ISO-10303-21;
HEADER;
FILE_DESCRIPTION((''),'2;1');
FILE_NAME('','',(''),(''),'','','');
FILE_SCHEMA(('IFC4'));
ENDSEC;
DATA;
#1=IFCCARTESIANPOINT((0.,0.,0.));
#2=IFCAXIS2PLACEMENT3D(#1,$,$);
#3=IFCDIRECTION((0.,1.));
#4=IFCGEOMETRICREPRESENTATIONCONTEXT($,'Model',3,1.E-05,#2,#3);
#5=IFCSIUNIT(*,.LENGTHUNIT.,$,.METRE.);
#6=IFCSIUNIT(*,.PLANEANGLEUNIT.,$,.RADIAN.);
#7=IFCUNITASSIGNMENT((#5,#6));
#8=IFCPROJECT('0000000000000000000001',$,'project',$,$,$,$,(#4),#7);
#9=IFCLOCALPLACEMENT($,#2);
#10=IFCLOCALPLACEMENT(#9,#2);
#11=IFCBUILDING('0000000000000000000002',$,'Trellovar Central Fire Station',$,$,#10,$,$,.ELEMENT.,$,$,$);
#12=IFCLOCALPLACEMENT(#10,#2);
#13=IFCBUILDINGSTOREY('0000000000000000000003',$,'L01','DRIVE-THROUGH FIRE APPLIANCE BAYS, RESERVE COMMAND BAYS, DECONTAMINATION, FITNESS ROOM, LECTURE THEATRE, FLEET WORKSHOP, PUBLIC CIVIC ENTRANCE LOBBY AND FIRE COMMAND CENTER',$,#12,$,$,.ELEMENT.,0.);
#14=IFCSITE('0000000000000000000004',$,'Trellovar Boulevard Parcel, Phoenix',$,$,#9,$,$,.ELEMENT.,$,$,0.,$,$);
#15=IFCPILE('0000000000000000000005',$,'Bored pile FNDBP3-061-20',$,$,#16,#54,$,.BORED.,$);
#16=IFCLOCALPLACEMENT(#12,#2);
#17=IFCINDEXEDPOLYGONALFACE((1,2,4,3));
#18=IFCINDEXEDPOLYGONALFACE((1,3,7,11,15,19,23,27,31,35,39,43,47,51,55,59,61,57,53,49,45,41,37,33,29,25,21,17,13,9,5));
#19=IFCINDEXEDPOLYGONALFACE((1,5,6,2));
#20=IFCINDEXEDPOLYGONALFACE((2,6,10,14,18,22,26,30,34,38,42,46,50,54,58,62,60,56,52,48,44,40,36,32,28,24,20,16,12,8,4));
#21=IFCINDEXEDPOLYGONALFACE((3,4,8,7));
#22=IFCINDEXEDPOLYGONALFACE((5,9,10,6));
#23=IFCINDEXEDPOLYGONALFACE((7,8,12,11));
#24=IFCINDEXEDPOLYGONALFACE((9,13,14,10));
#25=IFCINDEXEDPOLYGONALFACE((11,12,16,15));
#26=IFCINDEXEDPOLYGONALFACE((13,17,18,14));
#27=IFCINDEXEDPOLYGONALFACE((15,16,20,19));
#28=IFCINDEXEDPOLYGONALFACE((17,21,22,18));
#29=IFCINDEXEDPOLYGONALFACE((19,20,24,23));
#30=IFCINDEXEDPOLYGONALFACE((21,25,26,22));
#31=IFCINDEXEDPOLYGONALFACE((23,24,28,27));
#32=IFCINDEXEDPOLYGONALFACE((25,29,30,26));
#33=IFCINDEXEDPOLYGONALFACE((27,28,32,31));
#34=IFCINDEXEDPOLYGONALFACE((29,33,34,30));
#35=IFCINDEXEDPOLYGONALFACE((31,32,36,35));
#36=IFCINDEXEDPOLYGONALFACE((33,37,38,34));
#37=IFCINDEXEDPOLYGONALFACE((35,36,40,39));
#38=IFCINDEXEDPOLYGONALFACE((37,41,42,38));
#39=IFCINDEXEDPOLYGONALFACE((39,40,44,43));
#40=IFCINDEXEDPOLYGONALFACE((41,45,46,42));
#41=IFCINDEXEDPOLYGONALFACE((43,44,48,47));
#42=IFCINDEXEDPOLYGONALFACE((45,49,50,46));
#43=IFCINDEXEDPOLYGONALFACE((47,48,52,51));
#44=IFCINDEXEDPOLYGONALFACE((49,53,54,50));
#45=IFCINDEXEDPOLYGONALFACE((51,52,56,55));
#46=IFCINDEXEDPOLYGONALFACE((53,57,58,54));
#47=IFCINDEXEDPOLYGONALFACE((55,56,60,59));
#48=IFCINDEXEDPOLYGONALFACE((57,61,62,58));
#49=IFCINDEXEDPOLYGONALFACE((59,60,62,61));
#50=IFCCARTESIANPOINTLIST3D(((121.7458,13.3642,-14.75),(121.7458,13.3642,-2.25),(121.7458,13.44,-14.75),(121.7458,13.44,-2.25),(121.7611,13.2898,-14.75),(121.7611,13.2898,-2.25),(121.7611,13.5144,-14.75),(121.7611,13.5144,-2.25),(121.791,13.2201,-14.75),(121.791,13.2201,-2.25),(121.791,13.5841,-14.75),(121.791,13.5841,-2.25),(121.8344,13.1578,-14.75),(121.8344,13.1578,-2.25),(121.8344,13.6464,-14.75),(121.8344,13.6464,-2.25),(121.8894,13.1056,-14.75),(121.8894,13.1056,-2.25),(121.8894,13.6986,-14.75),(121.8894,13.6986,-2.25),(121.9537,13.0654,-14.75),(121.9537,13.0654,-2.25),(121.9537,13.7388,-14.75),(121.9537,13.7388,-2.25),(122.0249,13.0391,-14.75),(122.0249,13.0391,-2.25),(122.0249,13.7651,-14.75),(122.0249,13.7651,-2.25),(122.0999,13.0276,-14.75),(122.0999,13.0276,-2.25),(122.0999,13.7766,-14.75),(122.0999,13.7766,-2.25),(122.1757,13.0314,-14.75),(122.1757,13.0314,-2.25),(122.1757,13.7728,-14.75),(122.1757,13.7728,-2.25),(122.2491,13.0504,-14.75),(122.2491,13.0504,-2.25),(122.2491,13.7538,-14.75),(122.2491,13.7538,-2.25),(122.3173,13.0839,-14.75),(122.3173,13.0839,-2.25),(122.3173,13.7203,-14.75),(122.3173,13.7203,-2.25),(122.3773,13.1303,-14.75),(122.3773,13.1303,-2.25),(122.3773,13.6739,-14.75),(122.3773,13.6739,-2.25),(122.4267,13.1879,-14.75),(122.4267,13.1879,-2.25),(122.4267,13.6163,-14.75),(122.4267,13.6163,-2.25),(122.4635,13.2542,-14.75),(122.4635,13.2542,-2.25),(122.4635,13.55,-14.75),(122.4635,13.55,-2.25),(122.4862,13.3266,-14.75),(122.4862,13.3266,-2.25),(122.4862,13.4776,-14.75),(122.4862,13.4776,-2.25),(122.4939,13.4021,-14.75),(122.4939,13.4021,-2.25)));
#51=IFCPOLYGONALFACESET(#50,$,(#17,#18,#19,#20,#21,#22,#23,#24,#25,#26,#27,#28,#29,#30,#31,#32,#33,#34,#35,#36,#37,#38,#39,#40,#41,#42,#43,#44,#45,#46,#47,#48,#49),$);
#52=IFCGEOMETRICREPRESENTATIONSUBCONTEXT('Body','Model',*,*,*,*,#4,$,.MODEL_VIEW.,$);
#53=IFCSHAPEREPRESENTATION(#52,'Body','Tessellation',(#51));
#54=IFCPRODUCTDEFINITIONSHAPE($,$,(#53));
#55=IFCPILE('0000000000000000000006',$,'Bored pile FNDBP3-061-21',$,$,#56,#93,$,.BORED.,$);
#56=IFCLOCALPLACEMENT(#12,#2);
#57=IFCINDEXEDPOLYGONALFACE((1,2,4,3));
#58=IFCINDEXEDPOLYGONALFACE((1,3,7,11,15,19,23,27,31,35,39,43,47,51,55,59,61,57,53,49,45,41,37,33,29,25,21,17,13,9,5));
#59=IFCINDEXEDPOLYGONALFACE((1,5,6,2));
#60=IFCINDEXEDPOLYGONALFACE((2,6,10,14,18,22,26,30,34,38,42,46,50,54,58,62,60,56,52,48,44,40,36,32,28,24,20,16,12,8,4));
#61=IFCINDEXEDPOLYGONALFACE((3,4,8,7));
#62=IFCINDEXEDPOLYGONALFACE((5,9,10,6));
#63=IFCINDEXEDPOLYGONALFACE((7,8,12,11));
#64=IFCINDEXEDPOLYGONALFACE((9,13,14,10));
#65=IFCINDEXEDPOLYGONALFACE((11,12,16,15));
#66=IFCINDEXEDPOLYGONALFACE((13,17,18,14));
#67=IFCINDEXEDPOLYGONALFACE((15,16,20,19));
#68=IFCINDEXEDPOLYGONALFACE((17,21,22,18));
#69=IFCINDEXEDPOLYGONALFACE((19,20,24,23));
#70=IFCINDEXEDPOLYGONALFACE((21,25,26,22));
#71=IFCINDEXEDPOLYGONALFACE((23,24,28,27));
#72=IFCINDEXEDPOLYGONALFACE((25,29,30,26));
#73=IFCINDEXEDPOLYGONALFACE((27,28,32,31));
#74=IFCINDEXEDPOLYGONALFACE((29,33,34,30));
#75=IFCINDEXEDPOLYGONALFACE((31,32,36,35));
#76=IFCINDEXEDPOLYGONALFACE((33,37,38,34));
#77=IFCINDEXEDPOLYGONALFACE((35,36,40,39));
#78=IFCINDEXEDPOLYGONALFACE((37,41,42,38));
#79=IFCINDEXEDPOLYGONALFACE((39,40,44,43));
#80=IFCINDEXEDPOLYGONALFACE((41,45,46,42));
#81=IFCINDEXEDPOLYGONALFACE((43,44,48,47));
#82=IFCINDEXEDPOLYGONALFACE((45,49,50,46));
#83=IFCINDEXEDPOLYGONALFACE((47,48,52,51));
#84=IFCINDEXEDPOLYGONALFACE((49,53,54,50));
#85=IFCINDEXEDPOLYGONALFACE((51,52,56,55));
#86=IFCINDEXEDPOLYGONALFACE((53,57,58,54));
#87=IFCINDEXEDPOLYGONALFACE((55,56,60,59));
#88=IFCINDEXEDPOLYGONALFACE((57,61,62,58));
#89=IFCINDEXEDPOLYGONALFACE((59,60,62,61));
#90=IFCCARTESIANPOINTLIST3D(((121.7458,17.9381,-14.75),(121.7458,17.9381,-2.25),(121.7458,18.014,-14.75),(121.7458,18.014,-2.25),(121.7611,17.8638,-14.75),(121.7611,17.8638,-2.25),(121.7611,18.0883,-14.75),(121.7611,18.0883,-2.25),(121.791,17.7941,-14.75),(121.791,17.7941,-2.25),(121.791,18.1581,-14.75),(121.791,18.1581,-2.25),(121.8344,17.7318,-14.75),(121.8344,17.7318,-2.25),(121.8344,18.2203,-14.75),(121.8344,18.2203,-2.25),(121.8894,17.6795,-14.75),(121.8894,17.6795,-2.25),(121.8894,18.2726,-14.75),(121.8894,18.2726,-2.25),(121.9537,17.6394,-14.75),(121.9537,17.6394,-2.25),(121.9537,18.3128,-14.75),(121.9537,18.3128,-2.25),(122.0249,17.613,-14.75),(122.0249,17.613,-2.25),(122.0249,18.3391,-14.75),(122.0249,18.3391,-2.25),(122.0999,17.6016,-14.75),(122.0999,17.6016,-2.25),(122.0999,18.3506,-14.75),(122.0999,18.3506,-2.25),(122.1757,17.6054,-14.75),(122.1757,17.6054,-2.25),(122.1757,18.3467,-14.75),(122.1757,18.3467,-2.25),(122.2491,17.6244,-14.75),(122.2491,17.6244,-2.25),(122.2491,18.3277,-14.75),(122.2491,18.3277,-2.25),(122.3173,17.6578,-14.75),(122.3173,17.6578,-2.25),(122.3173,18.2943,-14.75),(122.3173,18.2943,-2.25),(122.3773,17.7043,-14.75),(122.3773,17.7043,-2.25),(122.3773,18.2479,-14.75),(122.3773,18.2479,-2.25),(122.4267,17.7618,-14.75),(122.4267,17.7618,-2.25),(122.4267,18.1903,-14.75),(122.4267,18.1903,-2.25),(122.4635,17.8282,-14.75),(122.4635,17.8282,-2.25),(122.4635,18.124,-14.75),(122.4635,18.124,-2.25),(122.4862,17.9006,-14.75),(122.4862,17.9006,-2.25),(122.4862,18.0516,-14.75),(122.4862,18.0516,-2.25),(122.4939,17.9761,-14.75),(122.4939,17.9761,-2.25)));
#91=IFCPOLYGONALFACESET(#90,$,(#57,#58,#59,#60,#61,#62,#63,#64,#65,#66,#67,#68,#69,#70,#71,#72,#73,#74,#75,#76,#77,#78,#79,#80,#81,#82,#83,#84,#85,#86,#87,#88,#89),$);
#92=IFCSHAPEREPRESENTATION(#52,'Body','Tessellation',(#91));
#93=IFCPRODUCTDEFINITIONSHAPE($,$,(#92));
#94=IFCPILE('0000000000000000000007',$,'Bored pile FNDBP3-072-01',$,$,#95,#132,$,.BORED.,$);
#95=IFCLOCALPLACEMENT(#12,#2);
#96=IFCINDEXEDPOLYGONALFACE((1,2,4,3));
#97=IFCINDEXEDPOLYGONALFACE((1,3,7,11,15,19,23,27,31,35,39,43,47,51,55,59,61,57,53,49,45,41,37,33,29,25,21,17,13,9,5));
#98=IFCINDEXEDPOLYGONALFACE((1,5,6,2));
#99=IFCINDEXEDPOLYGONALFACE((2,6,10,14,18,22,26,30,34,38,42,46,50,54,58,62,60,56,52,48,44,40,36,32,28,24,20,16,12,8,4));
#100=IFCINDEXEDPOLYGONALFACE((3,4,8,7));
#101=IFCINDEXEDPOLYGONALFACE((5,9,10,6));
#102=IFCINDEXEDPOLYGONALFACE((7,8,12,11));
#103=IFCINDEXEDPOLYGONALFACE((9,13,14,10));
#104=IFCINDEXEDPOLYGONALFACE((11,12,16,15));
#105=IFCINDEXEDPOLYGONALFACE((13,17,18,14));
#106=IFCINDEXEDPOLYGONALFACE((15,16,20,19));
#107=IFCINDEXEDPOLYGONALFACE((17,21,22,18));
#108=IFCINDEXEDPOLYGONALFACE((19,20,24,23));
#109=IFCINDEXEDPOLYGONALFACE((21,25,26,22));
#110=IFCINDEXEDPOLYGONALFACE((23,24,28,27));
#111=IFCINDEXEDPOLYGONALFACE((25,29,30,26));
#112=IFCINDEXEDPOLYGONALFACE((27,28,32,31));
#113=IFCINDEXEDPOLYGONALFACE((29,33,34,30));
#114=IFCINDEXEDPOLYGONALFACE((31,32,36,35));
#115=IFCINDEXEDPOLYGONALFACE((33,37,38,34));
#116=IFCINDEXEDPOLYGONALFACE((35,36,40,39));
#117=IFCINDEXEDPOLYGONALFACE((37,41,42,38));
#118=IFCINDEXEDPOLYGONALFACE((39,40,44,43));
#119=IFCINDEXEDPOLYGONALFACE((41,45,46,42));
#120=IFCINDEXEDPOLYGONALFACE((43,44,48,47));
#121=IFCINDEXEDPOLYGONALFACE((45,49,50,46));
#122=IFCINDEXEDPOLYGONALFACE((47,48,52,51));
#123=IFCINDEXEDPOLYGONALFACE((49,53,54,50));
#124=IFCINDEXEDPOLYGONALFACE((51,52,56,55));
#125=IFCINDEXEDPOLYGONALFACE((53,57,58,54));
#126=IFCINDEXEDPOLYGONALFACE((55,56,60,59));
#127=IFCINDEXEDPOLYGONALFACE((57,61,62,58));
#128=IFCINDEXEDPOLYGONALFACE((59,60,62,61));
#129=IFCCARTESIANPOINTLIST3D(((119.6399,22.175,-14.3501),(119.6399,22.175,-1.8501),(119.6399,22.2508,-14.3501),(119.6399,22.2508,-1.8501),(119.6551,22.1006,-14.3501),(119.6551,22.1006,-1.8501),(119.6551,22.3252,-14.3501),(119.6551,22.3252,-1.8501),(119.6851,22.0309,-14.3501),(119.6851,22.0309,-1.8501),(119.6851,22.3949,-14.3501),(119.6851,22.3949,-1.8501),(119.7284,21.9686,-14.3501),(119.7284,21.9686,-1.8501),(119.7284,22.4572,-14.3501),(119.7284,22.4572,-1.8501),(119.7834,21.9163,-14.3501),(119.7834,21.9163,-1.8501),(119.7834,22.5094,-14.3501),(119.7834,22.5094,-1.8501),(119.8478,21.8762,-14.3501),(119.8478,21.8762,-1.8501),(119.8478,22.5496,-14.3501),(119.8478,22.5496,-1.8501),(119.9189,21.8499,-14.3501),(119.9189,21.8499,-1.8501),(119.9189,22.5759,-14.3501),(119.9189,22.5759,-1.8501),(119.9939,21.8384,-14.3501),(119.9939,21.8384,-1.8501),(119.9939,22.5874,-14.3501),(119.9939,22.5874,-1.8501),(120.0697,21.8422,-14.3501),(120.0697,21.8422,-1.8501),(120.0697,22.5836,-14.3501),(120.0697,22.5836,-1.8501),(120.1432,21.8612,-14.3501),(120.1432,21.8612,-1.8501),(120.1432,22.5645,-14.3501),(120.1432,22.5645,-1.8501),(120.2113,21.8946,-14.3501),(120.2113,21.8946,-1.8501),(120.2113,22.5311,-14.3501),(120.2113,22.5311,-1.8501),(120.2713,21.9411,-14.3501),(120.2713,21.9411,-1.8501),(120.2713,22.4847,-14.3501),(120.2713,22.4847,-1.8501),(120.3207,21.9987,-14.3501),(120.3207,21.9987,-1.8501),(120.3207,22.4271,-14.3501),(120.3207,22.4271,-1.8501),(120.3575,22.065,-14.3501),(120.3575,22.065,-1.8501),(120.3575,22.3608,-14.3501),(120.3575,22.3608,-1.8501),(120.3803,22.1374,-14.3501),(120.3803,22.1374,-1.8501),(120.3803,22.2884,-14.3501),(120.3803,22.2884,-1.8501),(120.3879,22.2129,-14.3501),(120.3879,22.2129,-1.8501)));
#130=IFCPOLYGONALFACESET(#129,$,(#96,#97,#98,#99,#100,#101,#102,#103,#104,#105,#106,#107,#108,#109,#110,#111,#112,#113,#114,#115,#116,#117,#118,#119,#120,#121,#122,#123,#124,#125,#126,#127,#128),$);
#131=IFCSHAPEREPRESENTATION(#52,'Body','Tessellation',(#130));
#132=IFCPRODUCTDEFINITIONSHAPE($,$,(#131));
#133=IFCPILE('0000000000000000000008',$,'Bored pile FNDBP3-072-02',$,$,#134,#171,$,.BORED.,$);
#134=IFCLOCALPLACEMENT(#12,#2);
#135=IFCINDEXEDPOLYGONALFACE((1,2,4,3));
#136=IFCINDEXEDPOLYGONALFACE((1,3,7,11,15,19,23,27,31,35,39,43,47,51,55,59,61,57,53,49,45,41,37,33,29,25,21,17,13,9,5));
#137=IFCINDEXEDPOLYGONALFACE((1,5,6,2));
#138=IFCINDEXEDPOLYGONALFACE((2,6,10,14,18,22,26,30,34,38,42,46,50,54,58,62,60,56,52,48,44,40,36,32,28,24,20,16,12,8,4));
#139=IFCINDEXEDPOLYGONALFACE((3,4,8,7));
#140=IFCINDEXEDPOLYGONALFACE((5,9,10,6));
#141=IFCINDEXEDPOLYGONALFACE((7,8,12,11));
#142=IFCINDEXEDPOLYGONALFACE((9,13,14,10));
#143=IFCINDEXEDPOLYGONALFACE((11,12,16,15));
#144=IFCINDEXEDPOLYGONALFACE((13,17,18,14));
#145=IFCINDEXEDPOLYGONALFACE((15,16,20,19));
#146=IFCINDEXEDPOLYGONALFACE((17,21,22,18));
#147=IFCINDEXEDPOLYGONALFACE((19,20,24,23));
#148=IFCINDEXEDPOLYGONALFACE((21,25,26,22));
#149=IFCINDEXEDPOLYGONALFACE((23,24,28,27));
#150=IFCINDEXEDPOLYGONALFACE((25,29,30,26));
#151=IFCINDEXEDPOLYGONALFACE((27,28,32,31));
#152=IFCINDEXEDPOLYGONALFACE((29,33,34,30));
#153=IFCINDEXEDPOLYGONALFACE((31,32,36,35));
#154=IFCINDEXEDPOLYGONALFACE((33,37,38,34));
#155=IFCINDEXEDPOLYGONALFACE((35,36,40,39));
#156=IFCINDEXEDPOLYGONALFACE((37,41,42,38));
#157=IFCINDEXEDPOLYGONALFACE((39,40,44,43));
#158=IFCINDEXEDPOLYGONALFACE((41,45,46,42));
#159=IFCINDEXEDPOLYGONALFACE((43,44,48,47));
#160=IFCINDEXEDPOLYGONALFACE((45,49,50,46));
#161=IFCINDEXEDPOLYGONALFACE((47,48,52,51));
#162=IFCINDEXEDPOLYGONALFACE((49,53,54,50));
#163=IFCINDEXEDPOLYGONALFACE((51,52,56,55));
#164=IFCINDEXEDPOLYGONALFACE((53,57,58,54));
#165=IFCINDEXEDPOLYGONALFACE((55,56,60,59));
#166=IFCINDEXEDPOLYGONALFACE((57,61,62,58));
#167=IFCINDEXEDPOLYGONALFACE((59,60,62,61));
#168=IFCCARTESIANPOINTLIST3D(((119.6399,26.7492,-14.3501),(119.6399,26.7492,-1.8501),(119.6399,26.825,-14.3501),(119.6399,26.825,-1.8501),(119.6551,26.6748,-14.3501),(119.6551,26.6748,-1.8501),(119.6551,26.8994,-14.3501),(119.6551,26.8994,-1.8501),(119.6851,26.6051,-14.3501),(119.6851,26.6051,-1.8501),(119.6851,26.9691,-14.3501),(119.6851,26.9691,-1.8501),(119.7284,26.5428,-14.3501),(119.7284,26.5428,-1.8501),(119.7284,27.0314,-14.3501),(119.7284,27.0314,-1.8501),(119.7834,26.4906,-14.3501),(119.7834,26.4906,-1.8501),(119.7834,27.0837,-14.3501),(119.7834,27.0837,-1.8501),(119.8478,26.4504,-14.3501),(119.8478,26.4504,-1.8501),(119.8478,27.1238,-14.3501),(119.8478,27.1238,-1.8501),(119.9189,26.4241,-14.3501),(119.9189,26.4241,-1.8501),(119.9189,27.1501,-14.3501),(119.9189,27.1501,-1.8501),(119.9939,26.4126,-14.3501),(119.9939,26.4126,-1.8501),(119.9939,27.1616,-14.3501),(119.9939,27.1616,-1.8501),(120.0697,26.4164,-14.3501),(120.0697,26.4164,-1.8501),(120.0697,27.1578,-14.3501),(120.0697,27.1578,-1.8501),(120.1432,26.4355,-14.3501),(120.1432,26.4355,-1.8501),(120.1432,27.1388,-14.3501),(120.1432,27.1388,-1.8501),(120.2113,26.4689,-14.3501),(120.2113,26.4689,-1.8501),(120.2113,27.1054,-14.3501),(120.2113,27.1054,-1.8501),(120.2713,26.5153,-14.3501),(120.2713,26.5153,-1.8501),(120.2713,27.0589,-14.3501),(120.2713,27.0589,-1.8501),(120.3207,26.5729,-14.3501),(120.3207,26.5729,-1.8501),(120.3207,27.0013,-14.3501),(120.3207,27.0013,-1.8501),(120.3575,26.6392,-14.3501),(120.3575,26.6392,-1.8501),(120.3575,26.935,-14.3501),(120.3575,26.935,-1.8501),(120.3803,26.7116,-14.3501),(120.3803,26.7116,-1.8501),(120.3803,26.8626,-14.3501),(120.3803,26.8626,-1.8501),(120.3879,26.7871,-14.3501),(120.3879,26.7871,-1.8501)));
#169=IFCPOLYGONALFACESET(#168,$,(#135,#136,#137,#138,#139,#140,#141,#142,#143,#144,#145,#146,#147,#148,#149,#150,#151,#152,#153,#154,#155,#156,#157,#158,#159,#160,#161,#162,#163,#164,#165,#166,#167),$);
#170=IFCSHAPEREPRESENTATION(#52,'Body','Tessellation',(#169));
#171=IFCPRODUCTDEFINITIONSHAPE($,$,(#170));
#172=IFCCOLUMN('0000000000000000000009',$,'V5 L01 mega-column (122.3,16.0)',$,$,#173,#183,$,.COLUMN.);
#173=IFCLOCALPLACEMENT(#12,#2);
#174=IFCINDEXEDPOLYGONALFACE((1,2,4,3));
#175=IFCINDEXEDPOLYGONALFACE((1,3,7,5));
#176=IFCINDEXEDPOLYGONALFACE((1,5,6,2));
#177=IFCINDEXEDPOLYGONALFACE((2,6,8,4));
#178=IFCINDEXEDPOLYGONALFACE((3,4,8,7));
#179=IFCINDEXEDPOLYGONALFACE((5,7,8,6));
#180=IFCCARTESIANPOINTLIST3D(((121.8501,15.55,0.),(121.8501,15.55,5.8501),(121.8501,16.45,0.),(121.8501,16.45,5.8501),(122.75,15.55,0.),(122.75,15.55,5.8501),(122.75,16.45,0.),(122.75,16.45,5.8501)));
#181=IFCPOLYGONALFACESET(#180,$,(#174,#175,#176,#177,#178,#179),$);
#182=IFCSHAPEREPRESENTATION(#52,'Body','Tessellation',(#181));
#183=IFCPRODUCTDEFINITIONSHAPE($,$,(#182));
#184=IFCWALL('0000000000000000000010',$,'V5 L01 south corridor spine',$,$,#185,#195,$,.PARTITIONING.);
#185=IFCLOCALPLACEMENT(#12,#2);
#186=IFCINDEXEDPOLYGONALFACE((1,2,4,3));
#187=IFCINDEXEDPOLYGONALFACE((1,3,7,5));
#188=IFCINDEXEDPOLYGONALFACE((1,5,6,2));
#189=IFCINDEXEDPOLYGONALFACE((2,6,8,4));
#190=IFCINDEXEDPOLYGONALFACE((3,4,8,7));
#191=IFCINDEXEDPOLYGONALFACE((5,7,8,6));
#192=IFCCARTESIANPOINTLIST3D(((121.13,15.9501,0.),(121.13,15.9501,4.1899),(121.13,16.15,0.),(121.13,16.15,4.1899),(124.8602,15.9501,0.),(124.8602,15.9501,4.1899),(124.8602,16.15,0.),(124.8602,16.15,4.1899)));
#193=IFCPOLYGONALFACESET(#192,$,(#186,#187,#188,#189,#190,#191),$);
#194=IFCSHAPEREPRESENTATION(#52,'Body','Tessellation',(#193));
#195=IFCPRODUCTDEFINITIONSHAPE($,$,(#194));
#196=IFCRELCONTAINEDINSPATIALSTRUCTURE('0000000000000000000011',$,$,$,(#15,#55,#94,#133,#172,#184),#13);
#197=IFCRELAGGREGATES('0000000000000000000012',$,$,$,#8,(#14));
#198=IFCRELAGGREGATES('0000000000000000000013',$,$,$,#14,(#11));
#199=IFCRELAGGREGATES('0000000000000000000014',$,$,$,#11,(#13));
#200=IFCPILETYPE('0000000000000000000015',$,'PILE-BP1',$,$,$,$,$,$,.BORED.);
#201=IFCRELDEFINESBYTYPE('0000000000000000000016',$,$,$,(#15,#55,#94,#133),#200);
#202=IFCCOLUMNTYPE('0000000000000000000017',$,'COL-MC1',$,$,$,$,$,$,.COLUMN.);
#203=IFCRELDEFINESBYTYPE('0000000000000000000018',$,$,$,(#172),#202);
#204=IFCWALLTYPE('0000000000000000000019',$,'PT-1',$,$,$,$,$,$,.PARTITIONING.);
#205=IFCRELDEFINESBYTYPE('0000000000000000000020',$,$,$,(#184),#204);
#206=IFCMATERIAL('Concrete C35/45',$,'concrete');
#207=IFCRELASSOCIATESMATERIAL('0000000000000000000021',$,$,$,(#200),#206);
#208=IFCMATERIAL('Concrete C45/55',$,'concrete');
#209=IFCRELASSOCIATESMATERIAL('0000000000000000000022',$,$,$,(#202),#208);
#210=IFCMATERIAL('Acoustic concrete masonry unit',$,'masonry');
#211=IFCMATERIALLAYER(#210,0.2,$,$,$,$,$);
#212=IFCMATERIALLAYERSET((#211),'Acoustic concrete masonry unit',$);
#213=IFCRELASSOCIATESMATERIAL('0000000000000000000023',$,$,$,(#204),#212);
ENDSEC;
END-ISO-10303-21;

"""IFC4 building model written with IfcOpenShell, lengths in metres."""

from ifc_helpers import new_model, si_unit, direction, frame, frame_2d, origin, origin_2d, place, context, subcontext, project, spatial, rectangle, circle, extrude, material, layer, layer_set, material_profile, profile_set, type_object, element, save


model = new_model("IFC4")

# Units and contexts
model_context = context("Model", 3, precision=1e-05, world=origin(), true_north=direction((0.0, 1.0)))
body_context = subcontext(model_context, "Body", "Model", "MODEL_VIEW")
ifc_project = project(units=[si_unit("LENGTHUNIT", "METRE"), si_unit("PLANEANGLEUNIT", "RADIAN")], contexts=[model_context])

# Site, building, storey
site_placement = place(None, origin())
site = spatial("IfcSite", under=ifc_project, at=site_placement, Name="Trellovar Boulevard Parcel, Phoenix", CompositionType="ELEMENT", RefElevation=0.0)
building_placement = place(site_placement, origin())
building = spatial("IfcBuilding", under=site, at=building_placement, Name="Trellovar Central Fire Station", CompositionType="ELEMENT")
storey_placement = place(building_placement, origin())
storey = spatial("IfcBuildingStorey", under=building, at=storey_placement, Name="L01", Description="DRIVE-THROUGH FIRE APPLIANCE BAYS, RESERVE COMMAND BAYS, DECONTAMINATION, FITNESS ROOM, LECTURE THEATRE, FLEET WORKSHOP, PUBLIC CIVIC ENTRANCE LOBBY AND FIRE COMMAND CENTER", CompositionType="ELEMENT", Elevation=0.0)

# Piles
ifc_material_1 = material(Name="Concrete C35/45", Category="concrete")
ifc_material_profile_1 = material_profile(ifc_material_1, circle(Radius=0.375, at=origin_2d()), Name="PILE750")
ifc_profile_set_1 = profile_set([ifc_material_profile_1], Name="Concrete C35/45")
pile_type = type_object("IfcPileType", Name="PILE-BP1", PredefinedType="BORED", material=ifc_profile_set_1)
for number, where, z_axis, x_axis, name in (
    (1, (122.1189, 13.4021, -2.25), (0.0, 0.0, -1.0), (1.0, 0.0, 0.0), "Bored pile FNDBP3-061-20"),
    (2, (122.1189, 17.9761, -2.25), (0.0, 0.0, -1.0), (1.0, 0.0, 0.0), "Bored pile FNDBP3-061-21"),
    (3, (120.0129, 22.2129, -1.8501), (0.0, 0.0, -1.0), (1.0, 0.0, 0.0), "Bored pile FNDBP3-072-01"),
    (4, (120.0129, 26.7871, -1.8501), (0.0, 0.0, -1.0), (1.0, 0.0, 0.0), "Bored pile FNDBP3-072-02"),
):
    element("IfcPile", number, at=place(storey_placement, frame(where, z_axis=z_axis, x_axis=x_axis)), inside=storey, type_object=pile_type, Name=name, PredefinedType="BORED", context=body_context, shape_type="SweptSolid", body=[
        extrude(circle(Radius=0.375, at=origin_2d()), origin(), (0.0, 0.0, 1.0), 12.5),
    ])

# Column
ifc_material_2 = material(Name="Concrete C45/55", Category="concrete")
ifc_material_profile_2 = material_profile(ifc_material_2, rectangle(XDim=0.8999, YDim=0.8999, at=origin_2d()), Name="RC900X900")
ifc_profile_set_2 = profile_set([ifc_material_profile_2], Name="Concrete C45/55")
column_type = type_object("IfcColumnType", Name="COL-MC1", PredefinedType="COLUMN", material=ifc_profile_set_2)
column_placement = place(storey_placement, frame((122.3, 16.0, 0.0), z_axis=(0.0, 0.0, 1.0), x_axis=(1.0, 0.0, 0.0)))
element("IfcColumn", 5, at=column_placement, inside=storey, type_object=column_type, Name="V5 L01 mega-column (122.3,16.0)", PredefinedType="COLUMN", context=body_context, shape_type="SweptSolid", body=[
    extrude(rectangle(XDim=0.8999, YDim=0.8999, at=origin_2d()), origin(), (0.0, 0.0, 1.0), 5.8501),
])

# Wall
ifc_material_3 = material(Name="Acoustic concrete masonry unit", Category="masonry")
ifc_layer_1 = layer(ifc_material_3, 0.2)
ifc_layer_set_1 = layer_set([ifc_layer_1], Name="Acoustic concrete masonry unit")
wall_type_1 = type_object("IfcWallType", Name="PT-1", PredefinedType="PARTITIONING", material=ifc_layer_set_1)
wall_1_placement = place(storey_placement, frame((121.1299, 16.05, 0.0), z_axis=(0.0, 0.0, 1.0), x_axis=(1.0, 0.0, 0.0)))
element("IfcWall", 6, at=wall_1_placement, inside=storey, type_object=wall_type_1, Name="V5 L01 south corridor spine", PredefinedType="PARTITIONING", context=body_context, shape_type="SweptSolid", body=[
    extrude(rectangle(XDim=3.7302, YDim=0.2, at=frame_2d((1.8652, 0.0))), origin(), (0.0, 0.0, 1.0), 4.1899),
])

save(model, "model.ifc")
